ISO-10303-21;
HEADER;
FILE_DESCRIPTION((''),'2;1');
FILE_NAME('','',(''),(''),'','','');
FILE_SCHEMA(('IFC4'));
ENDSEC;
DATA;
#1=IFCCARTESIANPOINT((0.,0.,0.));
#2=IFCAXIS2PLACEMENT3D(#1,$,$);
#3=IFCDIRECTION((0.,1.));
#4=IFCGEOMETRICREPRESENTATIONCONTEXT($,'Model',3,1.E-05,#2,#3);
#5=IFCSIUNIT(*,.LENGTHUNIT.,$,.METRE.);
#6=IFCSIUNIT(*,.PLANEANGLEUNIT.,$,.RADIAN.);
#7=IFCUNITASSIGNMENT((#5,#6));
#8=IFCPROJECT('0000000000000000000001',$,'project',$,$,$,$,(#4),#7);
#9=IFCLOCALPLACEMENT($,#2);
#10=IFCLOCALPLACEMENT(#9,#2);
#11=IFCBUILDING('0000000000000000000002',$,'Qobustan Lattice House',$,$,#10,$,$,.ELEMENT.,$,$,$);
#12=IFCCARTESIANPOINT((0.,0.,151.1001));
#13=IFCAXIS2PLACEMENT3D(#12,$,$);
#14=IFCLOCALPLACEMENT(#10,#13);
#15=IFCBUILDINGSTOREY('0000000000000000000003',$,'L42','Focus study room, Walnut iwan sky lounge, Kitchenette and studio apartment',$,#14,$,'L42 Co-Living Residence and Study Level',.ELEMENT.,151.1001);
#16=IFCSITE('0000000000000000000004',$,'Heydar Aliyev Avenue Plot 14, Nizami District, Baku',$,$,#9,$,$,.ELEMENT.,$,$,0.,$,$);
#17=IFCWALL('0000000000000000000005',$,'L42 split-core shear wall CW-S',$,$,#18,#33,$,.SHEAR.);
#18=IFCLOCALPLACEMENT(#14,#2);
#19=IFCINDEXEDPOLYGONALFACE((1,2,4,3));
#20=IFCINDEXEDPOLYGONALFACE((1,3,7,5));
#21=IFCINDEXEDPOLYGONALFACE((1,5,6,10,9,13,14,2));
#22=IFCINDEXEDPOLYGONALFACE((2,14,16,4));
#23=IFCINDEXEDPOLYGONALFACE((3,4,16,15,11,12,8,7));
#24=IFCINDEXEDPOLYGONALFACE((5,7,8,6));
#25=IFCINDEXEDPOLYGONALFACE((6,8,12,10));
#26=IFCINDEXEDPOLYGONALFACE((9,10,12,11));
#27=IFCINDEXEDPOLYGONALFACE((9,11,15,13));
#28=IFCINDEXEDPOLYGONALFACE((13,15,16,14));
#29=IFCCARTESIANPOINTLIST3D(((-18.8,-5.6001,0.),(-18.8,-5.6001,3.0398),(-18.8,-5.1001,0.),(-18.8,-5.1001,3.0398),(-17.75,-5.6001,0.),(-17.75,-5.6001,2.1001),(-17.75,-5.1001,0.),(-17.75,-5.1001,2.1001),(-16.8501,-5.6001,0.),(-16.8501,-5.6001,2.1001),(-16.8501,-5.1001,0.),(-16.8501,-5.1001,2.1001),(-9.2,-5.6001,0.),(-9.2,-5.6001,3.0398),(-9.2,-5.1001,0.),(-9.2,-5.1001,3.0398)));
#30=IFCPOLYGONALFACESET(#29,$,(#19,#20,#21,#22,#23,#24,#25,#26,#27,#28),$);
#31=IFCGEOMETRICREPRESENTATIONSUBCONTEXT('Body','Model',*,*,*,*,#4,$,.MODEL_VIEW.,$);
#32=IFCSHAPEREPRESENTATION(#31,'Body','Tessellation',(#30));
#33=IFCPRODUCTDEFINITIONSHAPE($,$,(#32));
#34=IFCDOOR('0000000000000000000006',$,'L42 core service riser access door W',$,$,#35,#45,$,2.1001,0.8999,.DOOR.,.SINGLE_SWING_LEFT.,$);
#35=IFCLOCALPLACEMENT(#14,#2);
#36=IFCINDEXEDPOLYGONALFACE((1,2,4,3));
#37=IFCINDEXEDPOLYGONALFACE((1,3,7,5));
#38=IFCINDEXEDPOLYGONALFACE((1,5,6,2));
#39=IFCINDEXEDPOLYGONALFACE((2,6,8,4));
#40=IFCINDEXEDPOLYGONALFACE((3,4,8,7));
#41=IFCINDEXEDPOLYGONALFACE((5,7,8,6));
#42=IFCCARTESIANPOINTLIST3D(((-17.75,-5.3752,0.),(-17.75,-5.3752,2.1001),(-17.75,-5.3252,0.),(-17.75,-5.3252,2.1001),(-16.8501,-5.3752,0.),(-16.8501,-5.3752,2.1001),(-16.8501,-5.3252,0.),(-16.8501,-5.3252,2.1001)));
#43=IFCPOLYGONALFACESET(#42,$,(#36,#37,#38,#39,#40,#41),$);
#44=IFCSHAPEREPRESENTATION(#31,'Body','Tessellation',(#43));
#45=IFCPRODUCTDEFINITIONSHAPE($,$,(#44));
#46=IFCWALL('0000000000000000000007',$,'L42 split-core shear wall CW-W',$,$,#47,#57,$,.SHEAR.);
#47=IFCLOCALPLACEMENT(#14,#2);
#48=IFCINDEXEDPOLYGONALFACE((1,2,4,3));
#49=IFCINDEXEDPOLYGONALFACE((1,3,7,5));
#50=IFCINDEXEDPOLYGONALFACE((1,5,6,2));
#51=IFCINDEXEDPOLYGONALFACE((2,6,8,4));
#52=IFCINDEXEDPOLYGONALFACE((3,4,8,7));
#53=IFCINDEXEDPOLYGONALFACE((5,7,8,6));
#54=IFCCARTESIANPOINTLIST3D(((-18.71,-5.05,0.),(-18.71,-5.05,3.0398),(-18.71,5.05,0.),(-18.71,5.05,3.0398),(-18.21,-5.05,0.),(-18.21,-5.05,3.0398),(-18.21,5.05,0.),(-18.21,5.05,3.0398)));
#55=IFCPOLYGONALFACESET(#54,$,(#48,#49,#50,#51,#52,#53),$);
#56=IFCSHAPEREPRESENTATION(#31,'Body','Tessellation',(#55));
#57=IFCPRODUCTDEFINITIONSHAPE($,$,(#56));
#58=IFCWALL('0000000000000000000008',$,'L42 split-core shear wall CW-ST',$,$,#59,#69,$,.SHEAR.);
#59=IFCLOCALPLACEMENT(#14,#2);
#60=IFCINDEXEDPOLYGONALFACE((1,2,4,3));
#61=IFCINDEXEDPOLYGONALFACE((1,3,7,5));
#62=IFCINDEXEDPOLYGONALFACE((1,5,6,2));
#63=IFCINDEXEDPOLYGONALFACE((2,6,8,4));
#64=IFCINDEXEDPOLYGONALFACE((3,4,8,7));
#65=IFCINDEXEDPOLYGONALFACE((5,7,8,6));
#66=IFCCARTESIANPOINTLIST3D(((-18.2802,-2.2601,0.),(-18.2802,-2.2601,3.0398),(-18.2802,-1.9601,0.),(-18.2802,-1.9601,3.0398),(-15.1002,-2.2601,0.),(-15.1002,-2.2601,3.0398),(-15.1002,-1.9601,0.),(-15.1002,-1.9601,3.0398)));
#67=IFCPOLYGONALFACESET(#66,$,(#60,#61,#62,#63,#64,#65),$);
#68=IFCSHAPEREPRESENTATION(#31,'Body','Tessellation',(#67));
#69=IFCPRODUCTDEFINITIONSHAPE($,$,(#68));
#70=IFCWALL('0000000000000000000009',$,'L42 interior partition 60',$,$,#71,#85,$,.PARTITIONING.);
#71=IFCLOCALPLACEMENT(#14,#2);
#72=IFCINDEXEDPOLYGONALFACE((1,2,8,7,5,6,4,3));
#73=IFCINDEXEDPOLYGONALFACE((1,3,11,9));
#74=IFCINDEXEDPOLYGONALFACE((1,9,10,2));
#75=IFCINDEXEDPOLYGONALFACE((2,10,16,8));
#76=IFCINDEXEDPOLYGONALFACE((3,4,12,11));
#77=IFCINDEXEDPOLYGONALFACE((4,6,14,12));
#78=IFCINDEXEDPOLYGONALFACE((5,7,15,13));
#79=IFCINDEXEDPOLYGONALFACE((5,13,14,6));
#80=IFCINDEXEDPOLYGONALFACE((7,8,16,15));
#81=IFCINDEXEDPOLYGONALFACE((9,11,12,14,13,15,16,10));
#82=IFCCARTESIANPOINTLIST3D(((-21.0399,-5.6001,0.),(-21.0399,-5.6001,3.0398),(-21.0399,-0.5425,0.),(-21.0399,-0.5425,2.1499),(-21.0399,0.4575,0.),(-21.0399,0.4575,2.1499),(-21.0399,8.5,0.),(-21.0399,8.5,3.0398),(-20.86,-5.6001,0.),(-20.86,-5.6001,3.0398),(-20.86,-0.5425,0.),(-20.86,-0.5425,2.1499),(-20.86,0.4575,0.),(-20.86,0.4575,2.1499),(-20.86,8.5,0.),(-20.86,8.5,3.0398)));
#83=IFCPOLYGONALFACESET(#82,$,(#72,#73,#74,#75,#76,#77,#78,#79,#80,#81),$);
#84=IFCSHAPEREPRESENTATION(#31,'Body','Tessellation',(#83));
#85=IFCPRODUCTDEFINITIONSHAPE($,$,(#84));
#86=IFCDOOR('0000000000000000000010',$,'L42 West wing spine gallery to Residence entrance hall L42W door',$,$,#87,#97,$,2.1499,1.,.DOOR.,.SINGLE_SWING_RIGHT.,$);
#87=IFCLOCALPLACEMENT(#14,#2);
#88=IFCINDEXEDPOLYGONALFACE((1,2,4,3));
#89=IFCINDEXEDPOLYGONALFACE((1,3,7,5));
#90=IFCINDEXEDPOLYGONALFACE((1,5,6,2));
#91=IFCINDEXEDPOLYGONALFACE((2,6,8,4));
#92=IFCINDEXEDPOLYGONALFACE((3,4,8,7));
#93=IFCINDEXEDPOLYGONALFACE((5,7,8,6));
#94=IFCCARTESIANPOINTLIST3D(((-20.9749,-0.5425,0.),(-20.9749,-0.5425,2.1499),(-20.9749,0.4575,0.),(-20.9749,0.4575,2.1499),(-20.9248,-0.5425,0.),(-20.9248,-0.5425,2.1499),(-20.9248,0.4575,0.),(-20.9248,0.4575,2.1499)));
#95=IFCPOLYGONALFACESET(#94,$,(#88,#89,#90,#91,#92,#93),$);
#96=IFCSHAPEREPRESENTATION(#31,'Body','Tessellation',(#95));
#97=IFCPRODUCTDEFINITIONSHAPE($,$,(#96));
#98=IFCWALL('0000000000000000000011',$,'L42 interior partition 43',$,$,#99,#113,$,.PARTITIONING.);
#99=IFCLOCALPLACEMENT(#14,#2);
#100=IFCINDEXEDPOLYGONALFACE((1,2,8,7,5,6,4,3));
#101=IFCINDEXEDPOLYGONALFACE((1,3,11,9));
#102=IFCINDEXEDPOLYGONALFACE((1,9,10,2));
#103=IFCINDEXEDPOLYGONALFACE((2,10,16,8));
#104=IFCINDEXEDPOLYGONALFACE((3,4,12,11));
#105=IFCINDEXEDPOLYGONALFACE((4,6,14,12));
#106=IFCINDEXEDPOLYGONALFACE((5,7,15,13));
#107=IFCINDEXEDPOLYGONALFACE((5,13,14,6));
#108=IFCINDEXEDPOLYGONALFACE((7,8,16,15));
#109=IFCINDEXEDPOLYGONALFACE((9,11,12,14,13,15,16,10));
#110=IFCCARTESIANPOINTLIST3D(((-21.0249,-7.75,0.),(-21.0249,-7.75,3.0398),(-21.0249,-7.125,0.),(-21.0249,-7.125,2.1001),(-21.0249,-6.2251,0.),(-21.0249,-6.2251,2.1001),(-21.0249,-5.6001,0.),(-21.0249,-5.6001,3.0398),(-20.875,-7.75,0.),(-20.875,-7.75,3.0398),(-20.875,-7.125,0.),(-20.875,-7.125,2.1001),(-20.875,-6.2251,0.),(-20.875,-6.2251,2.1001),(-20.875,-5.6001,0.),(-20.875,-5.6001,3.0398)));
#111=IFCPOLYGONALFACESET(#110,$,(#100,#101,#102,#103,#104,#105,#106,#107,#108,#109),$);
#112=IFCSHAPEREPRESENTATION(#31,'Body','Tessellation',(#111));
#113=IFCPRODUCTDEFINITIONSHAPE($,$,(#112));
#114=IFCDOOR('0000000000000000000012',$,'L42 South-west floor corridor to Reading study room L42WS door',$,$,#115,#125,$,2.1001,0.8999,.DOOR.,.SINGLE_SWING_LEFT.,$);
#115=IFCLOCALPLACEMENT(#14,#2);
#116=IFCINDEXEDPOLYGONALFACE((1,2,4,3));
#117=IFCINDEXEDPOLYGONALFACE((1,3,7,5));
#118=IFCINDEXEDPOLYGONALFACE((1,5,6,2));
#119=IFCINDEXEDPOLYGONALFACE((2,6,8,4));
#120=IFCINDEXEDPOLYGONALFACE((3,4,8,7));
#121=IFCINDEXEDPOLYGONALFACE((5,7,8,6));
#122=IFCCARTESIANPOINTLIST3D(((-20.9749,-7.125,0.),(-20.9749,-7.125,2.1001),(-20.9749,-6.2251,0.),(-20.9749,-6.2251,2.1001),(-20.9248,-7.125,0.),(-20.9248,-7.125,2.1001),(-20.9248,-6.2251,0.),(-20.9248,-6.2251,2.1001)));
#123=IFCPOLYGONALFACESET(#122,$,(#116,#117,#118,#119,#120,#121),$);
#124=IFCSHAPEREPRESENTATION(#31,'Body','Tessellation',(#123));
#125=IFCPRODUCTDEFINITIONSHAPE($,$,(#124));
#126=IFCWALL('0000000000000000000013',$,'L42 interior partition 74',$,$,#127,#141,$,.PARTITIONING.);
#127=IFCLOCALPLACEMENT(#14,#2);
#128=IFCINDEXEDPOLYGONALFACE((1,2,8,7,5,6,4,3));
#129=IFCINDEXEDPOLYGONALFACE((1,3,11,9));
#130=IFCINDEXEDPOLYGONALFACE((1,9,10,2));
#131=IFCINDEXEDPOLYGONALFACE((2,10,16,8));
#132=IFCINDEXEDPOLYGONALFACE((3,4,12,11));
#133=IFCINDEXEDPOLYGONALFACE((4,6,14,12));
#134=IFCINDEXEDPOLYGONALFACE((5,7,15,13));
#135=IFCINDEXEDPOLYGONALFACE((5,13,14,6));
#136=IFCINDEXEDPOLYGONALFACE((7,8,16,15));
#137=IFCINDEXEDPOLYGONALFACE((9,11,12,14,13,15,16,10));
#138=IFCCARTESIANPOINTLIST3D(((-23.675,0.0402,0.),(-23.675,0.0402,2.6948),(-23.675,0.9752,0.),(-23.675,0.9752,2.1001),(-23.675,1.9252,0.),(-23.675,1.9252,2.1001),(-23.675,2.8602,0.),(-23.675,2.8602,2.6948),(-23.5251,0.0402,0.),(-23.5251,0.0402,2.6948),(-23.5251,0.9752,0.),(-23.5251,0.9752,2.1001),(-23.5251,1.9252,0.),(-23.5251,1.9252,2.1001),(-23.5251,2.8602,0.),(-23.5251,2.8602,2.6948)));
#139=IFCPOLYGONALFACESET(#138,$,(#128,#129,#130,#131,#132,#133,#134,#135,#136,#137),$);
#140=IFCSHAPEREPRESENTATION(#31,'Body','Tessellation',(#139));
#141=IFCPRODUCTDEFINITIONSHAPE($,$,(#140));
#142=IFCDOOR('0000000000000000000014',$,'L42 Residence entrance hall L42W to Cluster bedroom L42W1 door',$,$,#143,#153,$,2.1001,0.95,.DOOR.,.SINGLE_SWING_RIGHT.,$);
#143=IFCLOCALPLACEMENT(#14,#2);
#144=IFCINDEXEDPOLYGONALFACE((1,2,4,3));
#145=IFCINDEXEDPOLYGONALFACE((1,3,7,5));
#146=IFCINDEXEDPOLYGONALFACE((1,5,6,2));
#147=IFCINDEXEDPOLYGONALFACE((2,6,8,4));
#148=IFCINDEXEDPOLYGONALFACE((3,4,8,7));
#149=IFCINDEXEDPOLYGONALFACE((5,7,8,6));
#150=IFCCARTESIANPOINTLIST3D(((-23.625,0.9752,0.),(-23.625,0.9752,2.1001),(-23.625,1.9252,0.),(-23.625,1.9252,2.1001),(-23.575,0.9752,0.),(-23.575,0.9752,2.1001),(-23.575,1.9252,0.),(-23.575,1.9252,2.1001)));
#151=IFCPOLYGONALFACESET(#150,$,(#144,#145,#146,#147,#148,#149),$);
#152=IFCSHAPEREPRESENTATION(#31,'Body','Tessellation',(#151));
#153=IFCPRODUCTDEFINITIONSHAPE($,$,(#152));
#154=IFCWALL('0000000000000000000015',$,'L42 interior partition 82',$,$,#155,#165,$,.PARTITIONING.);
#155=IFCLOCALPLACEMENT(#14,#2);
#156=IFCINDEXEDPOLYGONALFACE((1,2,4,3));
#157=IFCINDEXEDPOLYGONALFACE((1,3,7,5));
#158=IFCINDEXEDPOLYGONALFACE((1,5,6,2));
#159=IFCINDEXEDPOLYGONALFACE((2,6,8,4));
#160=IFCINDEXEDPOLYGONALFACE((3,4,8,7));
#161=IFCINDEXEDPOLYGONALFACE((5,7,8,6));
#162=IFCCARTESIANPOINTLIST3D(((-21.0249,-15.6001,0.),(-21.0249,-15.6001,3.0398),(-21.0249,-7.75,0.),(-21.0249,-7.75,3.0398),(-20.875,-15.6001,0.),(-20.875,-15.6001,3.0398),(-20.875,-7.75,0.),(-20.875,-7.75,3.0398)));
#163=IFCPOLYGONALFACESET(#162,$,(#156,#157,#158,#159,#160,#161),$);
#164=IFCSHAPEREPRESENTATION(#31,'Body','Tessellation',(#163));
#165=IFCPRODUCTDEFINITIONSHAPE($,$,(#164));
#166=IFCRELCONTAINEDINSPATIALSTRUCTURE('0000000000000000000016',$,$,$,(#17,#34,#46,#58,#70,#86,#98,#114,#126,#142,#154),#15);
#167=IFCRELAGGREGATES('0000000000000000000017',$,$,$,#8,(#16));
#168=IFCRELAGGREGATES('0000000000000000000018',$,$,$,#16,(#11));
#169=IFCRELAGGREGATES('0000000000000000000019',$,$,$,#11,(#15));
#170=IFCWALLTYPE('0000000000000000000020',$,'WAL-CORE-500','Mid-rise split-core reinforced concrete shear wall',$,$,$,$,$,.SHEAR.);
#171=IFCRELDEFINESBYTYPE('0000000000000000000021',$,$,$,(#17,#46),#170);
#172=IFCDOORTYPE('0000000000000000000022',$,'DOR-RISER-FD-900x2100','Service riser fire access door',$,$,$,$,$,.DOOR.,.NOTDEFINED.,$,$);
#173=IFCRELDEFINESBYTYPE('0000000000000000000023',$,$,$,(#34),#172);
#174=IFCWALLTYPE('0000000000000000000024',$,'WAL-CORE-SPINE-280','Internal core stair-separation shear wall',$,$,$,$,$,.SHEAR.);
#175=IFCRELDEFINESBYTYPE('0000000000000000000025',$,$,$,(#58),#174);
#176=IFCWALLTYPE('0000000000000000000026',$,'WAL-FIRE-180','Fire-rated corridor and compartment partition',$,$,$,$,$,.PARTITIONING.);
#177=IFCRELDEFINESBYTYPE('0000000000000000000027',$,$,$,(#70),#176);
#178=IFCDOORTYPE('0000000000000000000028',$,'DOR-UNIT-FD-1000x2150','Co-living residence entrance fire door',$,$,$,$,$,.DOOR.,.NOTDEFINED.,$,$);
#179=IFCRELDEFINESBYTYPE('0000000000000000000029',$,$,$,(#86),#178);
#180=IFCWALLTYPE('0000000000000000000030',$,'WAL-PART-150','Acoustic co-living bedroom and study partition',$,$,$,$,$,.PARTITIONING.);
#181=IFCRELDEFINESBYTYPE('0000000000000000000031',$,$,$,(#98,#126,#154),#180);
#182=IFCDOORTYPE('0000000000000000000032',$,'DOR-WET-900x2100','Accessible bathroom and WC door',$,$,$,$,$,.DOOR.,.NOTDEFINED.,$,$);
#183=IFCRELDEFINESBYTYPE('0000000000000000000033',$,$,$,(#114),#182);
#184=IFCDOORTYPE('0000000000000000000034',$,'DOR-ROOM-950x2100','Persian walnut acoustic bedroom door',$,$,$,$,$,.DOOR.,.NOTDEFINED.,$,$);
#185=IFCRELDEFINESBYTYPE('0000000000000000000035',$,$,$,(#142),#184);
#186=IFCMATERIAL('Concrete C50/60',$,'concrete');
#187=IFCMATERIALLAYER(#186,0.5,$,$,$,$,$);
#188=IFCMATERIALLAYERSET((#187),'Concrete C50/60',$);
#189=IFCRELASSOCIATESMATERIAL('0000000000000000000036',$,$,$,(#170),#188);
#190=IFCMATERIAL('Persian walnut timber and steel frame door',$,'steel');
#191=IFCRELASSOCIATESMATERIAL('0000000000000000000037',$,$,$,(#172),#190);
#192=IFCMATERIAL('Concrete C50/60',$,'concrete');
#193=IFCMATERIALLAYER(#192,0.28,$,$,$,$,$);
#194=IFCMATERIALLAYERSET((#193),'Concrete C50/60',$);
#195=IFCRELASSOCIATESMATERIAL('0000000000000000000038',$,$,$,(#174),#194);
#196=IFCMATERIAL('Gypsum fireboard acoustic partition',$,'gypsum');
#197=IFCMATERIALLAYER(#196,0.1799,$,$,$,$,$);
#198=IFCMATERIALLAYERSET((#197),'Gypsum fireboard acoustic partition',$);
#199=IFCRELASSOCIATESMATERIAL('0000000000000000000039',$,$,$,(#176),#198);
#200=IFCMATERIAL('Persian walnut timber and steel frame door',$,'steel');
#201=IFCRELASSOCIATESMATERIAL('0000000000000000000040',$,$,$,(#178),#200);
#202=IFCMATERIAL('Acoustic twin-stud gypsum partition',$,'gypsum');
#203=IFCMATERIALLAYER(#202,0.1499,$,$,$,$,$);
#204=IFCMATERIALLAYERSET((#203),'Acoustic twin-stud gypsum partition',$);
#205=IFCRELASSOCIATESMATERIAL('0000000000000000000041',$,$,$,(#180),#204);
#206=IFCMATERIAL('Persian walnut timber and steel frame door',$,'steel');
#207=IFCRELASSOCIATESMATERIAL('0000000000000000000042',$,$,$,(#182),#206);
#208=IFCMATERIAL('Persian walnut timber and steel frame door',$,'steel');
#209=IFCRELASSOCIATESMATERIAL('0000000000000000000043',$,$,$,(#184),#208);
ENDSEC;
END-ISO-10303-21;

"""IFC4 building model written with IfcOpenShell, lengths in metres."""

from ifc_helpers import new_model, si_unit, direction, frame, frame_2d, origin, place, context, subcontext, project, spatial, rectangle, extrude, material, layer, layer_set, type_object, element, fill, save


model = new_model("IFC4")

# Units and contexts
model_context = context("Model", 3, precision=1e-05, world=origin(), true_north=direction((0.0, 1.0)))
body_context = subcontext(model_context, "Body", "Model", "MODEL_VIEW")
ifc_project = project(units=[si_unit("LENGTHUNIT", "METRE"), si_unit("PLANEANGLEUNIT", "RADIAN")], contexts=[model_context])

# Site, building, storey
site_placement = place(None, origin())
site = spatial("IfcSite", under=ifc_project, at=site_placement, Name="Heydar Aliyev Avenue Plot 14, Nizami District, Baku", CompositionType="ELEMENT", RefElevation=0.0)
building_placement = place(site_placement, origin())
building = spatial("IfcBuilding", under=site, at=building_placement, Name="Qobustan Lattice House", CompositionType="ELEMENT")
storey_placement = place(building_placement, frame((0.0, 0.0, 151.1001)))
storey = spatial("IfcBuildingStorey", under=building, at=storey_placement, Name="L42", Description="Focus study room, Walnut iwan sky lounge, Kitchenette and studio apartment", LongName="L42 Co-Living Residence and Study Level", CompositionType="ELEMENT", Elevation=151.1001)

# Wall, opening, door
ifc_material_1 = material(Name="Concrete C50/60", Category="concrete")
ifc_layer_1 = layer(ifc_material_1, 0.5)
ifc_layer_set_1 = layer_set([ifc_layer_1], Name="Concrete C50/60")
wall_type_1 = type_object("IfcWallType", Name="WAL-CORE-500", Description="Mid-rise split-core reinforced concrete shear wall", PredefinedType="SHEAR", material=ifc_layer_set_1)
wall_1_placement = place(storey_placement, frame((-18.8, -5.3501, 0.0), z_axis=(0.0, 0.0, 1.0), x_axis=(1.0, 0.0, 0.0)))
wall_1 = element("IfcWall", 1, at=wall_1_placement, inside=storey, type_object=wall_type_1, Name="L42 split-core shear wall CW-S", PredefinedType="SHEAR", context=body_context, shape_type="SweptSolid", body=[
    extrude(rectangle(XDim=9.6001, YDim=0.5, at=frame_2d((4.8, 0.0))), origin(), (0.0, 0.0, 1.0), 3.0398),
])
opening_1_placement = place(wall_1_placement, frame((1.05, 0.0, 0.0)))
opening_1 = element("IfcOpeningElement", 2, at=opening_1_placement, cuts=wall_1, PredefinedType="OPENING", context=body_context, shape_type="SweptSolid", body=[
    extrude(rectangle(XDim=0.8999, YDim=2.1001, at=frame_2d((0.45, 1.05))), frame((0.0, 0.26, 0.0), z_axis=(0.0, -1.0, 0.0), x_axis=(1.0, 0.0, 0.0)), (0.0, 0.0, 1.0), 0.52),
])
ifc_material_2 = material(Name="Persian walnut timber and steel frame door", Category="steel")
door_type_1 = type_object("IfcDoorType", Name="DOR-RISER-FD-900x2100", Description="Service riser fire access door", OperationType="NOTDEFINED", PredefinedType="DOOR", material=ifc_material_2)
door_1_placement = place(opening_1_placement, origin())
door_1 = element("IfcDoor", 3, at=door_1_placement, inside=storey, type_object=door_type_1, Name="L42 core service riser access door W", OperationType="SINGLE_SWING_LEFT", OverallHeight=2.1001, OverallWidth=0.8999, PredefinedType="DOOR", context=body_context, shape_type="SweptSolid", body=[
    extrude(rectangle(XDim=0.8999, YDim=2.1001, at=frame_2d((0.45, 1.05))), frame((0.0, 0.0249, 0.0), z_axis=(0.0, -1.0, 0.0), x_axis=(1.0, 0.0, 0.0)), (0.0, 0.0, 1.0), 0.05),
])
fill(opening_1, door_1)

# Walls
wall_2_placement = place(storey_placement, frame((-18.46, -5.05, 0.0), z_axis=(0.0, 0.0, 1.0), x_axis=(0.0, 1.0, 0.0)))
element("IfcWall", 4, at=wall_2_placement, inside=storey, type_object=wall_type_1, Name="L42 split-core shear wall CW-W", PredefinedType="SHEAR", context=body_context, shape_type="SweptSolid", body=[
    extrude(rectangle(XDim=10.1001, YDim=0.5, at=frame_2d((5.05, 0.0))), origin(), (0.0, 0.0, 1.0), 3.0398),
])
ifc_material_3 = material(Name="Concrete C50/60", Category="concrete")
ifc_layer_2 = layer(ifc_material_3, 0.28)
ifc_layer_set_2 = layer_set([ifc_layer_2], Name="Concrete C50/60")
wall_type_2 = type_object("IfcWallType", Name="WAL-CORE-SPINE-280", Description="Internal core stair-separation shear wall", PredefinedType="SHEAR", material=ifc_layer_set_2)
wall_3_placement = place(storey_placement, frame((-18.28, -2.1101, 0.0), z_axis=(0.0, 0.0, 1.0), x_axis=(1.0, 0.0, 0.0)))
element("IfcWall", 5, at=wall_3_placement, inside=storey, type_object=wall_type_2, Name="L42 split-core shear wall CW-ST", PredefinedType="SHEAR", context=body_context, shape_type="SweptSolid", body=[
    extrude(rectangle(XDim=3.1799, YDim=0.3, at=frame_2d((1.5898, 0.0))), origin(), (0.0, 0.0, 1.0), 3.0398),
])

# Walls, openings, doors
ifc_material_4 = material(Name="Gypsum fireboard acoustic partition", Category="gypsum")
ifc_layer_3 = layer(ifc_material_4, 0.1799)
ifc_layer_set_3 = layer_set([ifc_layer_3], Name="Gypsum fireboard acoustic partition")
wall_type_3 = type_object("IfcWallType", Name="WAL-FIRE-180", Description="Fire-rated corridor and compartment partition", PredefinedType="PARTITIONING", material=ifc_layer_set_3)
wall_4_placement = place(storey_placement, frame((-20.95, -5.6001, 0.0), z_axis=(0.0, 0.0, 1.0), x_axis=(0.0, 1.0, 0.0)))
wall_4 = element("IfcWall", 6, at=wall_4_placement, inside=storey, type_object=wall_type_3, Name="L42 interior partition 60", PredefinedType="PARTITIONING", context=body_context, shape_type="SweptSolid", body=[
    extrude(rectangle(XDim=14.1001, YDim=0.1799, at=frame_2d((7.05, 0.0))), origin(), (0.0, 0.0, 1.0), 3.0398),
])
opening_2_placement = place(wall_4_placement, frame((5.0576, 0.0, 0.0)))
opening_2 = element("IfcOpeningElement", 7, at=opening_2_placement, cuts=wall_4, PredefinedType="OPENING", context=body_context, shape_type="SweptSolid", body=[
    extrude(rectangle(XDim=1.0, YDim=2.1499, at=frame_2d((0.5, 1.075))), frame((0.0, 0.0999, 0.0), z_axis=(0.0, -1.0, 0.0), x_axis=(1.0, 0.0, 0.0)), (0.0, 0.0, 1.0), 0.2),
])
ifc_material_5 = material(Name="Persian walnut timber and steel frame door", Category="steel")
door_type_2 = type_object("IfcDoorType", Name="DOR-UNIT-FD-1000x2150", Description="Co-living residence entrance fire door", OperationType="NOTDEFINED", PredefinedType="DOOR", material=ifc_material_5)
door_2_placement = place(opening_2_placement, origin())
door_2 = element("IfcDoor", 8, at=door_2_placement, inside=storey, type_object=door_type_2, Name="L42 West wing spine gallery to Residence entrance hall L42W door", OperationType="SINGLE_SWING_RIGHT", OverallHeight=2.1499, OverallWidth=1.0, PredefinedType="DOOR", context=body_context, shape_type="SweptSolid", body=[
    extrude(rectangle(XDim=1.0, YDim=2.1499, at=frame_2d((0.5, 1.075))), frame((0.0, 0.0249, 0.0), z_axis=(0.0, -1.0, 0.0), x_axis=(1.0, 0.0, 0.0)), (0.0, 0.0, 1.0), 0.05),
])
fill(opening_2, door_2)
ifc_material_6 = material(Name="Acoustic twin-stud gypsum partition", Category="gypsum")
ifc_layer_4 = layer(ifc_material_6, 0.1499)
ifc_layer_set_4 = layer_set([ifc_layer_4], Name="Acoustic twin-stud gypsum partition")
wall_type_4 = type_object("IfcWallType", Name="WAL-PART-150", Description="Acoustic co-living bedroom and study partition", PredefinedType="PARTITIONING", material=ifc_layer_set_4)
wall_5_placement = place(storey_placement, frame((-20.95, -7.75, 0.0), z_axis=(0.0, 0.0, 1.0), x_axis=(0.0, 1.0, 0.0)))
wall_5 = element("IfcWall", 9, at=wall_5_placement, inside=storey, type_object=wall_type_4, Name="L42 interior partition 43", PredefinedType="PARTITIONING", context=body_context, shape_type="SweptSolid", body=[
    extrude(rectangle(XDim=2.1499, YDim=0.1499, at=frame_2d((1.075, 0.0))), origin(), (0.0, 0.0, 1.0), 3.0398),
])
opening_3_placement = place(wall_5_placement, frame((0.625, 0.0, 0.0)))
opening_3 = element("IfcOpeningElement", 10, at=opening_3_placement, cuts=wall_5, PredefinedType="OPENING", context=body_context, shape_type="SweptSolid", body=[
    extrude(rectangle(XDim=0.8999, YDim=2.1001, at=frame_2d((0.45, 1.05))), frame((0.0, 0.085, 0.0), z_axis=(0.0, -1.0, 0.0), x_axis=(1.0, 0.0, 0.0)), (0.0, 0.0, 1.0), 0.1699),
])
ifc_material_7 = material(Name="Persian walnut timber and steel frame door", Category="steel")
door_type_3 = type_object("IfcDoorType", Name="DOR-WET-900x2100", Description="Accessible bathroom and WC door", OperationType="NOTDEFINED", PredefinedType="DOOR", material=ifc_material_7)
door_3_placement = place(opening_3_placement, origin())
door_3 = element("IfcDoor", 11, at=door_3_placement, inside=storey, type_object=door_type_3, Name="L42 South-west floor corridor to Reading study room L42WS door", OperationType="SINGLE_SWING_LEFT", OverallHeight=2.1001, OverallWidth=0.8999, PredefinedType="DOOR", context=body_context, shape_type="SweptSolid", body=[
    extrude(rectangle(XDim=0.8999, YDim=2.1001, at=frame_2d((0.45, 1.05))), frame((0.0, 0.0249, 0.0), z_axis=(0.0, -1.0, 0.0), x_axis=(1.0, 0.0, 0.0)), (0.0, 0.0, 1.0), 0.05),
])
fill(opening_3, door_3)
wall_6_placement = place(storey_placement, frame((-23.6001, 0.04, 0.0), z_axis=(0.0, 0.0, 1.0), x_axis=(0.0, 1.0, 0.0)))
wall_6 = element("IfcWall", 12, at=wall_6_placement, inside=storey, type_object=wall_type_4, Name="L42 interior partition 74", PredefinedType="PARTITIONING", context=body_context, shape_type="SweptSolid", body=[
    extrude(rectangle(XDim=2.8201, YDim=0.1499, at=frame_2d((1.4102, 0.0))), origin(), (0.0, 0.0, 1.0), 2.6948),
])
opening_4_placement = place(wall_6_placement, frame((0.9351, 0.0, 0.0)))
opening_4 = element("IfcOpeningElement", 13, at=opening_4_placement, cuts=wall_6, PredefinedType="OPENING", context=body_context, shape_type="SweptSolid", body=[
    extrude(rectangle(XDim=0.95, YDim=2.1001, at=frame_2d((0.4751, 1.05))), frame((0.0, 0.085, 0.0), z_axis=(0.0, -1.0, 0.0), x_axis=(1.0, 0.0, 0.0)), (0.0, 0.0, 1.0), 0.1699),
])
ifc_material_8 = material(Name="Persian walnut timber and steel frame door", Category="steel")
door_type_4 = type_object("IfcDoorType", Name="DOR-ROOM-950x2100", Description="Persian walnut acoustic bedroom door", OperationType="NOTDEFINED", PredefinedType="DOOR", material=ifc_material_8)
door_4_placement = place(opening_4_placement, origin())
door_4 = element("IfcDoor", 14, at=door_4_placement, inside=storey, type_object=door_type_4, Name="L42 Residence entrance hall L42W to Cluster bedroom L42W1 door", OperationType="SINGLE_SWING_RIGHT", OverallHeight=2.1001, OverallWidth=0.95, PredefinedType="DOOR", context=body_context, shape_type="SweptSolid", body=[
    extrude(rectangle(XDim=0.95, YDim=2.1001, at=frame_2d((0.4751, 1.05))), frame((0.0, 0.0249, 0.0), z_axis=(0.0, -1.0, 0.0), x_axis=(1.0, 0.0, 0.0)), (0.0, 0.0, 1.0), 0.05),
])
fill(opening_4, door_4)

# Wall
wall_7_placement = place(storey_placement, frame((-20.95, -7.75, 0.0), z_axis=(0.0, 0.0, 1.0), x_axis=(0.0, -1.0, 0.0)))
element("IfcWall", 15, at=wall_7_placement, inside=storey, type_object=wall_type_4, Name="L42 interior partition 82", PredefinedType="PARTITIONING", context=body_context, shape_type="SweptSolid", body=[
    extrude(rectangle(XDim=7.8501, YDim=0.1499, at=frame_2d((3.925, 0.0))), origin(), (0.0, 0.0, 1.0), 3.0398),
])

save(model, "model.ifc")
